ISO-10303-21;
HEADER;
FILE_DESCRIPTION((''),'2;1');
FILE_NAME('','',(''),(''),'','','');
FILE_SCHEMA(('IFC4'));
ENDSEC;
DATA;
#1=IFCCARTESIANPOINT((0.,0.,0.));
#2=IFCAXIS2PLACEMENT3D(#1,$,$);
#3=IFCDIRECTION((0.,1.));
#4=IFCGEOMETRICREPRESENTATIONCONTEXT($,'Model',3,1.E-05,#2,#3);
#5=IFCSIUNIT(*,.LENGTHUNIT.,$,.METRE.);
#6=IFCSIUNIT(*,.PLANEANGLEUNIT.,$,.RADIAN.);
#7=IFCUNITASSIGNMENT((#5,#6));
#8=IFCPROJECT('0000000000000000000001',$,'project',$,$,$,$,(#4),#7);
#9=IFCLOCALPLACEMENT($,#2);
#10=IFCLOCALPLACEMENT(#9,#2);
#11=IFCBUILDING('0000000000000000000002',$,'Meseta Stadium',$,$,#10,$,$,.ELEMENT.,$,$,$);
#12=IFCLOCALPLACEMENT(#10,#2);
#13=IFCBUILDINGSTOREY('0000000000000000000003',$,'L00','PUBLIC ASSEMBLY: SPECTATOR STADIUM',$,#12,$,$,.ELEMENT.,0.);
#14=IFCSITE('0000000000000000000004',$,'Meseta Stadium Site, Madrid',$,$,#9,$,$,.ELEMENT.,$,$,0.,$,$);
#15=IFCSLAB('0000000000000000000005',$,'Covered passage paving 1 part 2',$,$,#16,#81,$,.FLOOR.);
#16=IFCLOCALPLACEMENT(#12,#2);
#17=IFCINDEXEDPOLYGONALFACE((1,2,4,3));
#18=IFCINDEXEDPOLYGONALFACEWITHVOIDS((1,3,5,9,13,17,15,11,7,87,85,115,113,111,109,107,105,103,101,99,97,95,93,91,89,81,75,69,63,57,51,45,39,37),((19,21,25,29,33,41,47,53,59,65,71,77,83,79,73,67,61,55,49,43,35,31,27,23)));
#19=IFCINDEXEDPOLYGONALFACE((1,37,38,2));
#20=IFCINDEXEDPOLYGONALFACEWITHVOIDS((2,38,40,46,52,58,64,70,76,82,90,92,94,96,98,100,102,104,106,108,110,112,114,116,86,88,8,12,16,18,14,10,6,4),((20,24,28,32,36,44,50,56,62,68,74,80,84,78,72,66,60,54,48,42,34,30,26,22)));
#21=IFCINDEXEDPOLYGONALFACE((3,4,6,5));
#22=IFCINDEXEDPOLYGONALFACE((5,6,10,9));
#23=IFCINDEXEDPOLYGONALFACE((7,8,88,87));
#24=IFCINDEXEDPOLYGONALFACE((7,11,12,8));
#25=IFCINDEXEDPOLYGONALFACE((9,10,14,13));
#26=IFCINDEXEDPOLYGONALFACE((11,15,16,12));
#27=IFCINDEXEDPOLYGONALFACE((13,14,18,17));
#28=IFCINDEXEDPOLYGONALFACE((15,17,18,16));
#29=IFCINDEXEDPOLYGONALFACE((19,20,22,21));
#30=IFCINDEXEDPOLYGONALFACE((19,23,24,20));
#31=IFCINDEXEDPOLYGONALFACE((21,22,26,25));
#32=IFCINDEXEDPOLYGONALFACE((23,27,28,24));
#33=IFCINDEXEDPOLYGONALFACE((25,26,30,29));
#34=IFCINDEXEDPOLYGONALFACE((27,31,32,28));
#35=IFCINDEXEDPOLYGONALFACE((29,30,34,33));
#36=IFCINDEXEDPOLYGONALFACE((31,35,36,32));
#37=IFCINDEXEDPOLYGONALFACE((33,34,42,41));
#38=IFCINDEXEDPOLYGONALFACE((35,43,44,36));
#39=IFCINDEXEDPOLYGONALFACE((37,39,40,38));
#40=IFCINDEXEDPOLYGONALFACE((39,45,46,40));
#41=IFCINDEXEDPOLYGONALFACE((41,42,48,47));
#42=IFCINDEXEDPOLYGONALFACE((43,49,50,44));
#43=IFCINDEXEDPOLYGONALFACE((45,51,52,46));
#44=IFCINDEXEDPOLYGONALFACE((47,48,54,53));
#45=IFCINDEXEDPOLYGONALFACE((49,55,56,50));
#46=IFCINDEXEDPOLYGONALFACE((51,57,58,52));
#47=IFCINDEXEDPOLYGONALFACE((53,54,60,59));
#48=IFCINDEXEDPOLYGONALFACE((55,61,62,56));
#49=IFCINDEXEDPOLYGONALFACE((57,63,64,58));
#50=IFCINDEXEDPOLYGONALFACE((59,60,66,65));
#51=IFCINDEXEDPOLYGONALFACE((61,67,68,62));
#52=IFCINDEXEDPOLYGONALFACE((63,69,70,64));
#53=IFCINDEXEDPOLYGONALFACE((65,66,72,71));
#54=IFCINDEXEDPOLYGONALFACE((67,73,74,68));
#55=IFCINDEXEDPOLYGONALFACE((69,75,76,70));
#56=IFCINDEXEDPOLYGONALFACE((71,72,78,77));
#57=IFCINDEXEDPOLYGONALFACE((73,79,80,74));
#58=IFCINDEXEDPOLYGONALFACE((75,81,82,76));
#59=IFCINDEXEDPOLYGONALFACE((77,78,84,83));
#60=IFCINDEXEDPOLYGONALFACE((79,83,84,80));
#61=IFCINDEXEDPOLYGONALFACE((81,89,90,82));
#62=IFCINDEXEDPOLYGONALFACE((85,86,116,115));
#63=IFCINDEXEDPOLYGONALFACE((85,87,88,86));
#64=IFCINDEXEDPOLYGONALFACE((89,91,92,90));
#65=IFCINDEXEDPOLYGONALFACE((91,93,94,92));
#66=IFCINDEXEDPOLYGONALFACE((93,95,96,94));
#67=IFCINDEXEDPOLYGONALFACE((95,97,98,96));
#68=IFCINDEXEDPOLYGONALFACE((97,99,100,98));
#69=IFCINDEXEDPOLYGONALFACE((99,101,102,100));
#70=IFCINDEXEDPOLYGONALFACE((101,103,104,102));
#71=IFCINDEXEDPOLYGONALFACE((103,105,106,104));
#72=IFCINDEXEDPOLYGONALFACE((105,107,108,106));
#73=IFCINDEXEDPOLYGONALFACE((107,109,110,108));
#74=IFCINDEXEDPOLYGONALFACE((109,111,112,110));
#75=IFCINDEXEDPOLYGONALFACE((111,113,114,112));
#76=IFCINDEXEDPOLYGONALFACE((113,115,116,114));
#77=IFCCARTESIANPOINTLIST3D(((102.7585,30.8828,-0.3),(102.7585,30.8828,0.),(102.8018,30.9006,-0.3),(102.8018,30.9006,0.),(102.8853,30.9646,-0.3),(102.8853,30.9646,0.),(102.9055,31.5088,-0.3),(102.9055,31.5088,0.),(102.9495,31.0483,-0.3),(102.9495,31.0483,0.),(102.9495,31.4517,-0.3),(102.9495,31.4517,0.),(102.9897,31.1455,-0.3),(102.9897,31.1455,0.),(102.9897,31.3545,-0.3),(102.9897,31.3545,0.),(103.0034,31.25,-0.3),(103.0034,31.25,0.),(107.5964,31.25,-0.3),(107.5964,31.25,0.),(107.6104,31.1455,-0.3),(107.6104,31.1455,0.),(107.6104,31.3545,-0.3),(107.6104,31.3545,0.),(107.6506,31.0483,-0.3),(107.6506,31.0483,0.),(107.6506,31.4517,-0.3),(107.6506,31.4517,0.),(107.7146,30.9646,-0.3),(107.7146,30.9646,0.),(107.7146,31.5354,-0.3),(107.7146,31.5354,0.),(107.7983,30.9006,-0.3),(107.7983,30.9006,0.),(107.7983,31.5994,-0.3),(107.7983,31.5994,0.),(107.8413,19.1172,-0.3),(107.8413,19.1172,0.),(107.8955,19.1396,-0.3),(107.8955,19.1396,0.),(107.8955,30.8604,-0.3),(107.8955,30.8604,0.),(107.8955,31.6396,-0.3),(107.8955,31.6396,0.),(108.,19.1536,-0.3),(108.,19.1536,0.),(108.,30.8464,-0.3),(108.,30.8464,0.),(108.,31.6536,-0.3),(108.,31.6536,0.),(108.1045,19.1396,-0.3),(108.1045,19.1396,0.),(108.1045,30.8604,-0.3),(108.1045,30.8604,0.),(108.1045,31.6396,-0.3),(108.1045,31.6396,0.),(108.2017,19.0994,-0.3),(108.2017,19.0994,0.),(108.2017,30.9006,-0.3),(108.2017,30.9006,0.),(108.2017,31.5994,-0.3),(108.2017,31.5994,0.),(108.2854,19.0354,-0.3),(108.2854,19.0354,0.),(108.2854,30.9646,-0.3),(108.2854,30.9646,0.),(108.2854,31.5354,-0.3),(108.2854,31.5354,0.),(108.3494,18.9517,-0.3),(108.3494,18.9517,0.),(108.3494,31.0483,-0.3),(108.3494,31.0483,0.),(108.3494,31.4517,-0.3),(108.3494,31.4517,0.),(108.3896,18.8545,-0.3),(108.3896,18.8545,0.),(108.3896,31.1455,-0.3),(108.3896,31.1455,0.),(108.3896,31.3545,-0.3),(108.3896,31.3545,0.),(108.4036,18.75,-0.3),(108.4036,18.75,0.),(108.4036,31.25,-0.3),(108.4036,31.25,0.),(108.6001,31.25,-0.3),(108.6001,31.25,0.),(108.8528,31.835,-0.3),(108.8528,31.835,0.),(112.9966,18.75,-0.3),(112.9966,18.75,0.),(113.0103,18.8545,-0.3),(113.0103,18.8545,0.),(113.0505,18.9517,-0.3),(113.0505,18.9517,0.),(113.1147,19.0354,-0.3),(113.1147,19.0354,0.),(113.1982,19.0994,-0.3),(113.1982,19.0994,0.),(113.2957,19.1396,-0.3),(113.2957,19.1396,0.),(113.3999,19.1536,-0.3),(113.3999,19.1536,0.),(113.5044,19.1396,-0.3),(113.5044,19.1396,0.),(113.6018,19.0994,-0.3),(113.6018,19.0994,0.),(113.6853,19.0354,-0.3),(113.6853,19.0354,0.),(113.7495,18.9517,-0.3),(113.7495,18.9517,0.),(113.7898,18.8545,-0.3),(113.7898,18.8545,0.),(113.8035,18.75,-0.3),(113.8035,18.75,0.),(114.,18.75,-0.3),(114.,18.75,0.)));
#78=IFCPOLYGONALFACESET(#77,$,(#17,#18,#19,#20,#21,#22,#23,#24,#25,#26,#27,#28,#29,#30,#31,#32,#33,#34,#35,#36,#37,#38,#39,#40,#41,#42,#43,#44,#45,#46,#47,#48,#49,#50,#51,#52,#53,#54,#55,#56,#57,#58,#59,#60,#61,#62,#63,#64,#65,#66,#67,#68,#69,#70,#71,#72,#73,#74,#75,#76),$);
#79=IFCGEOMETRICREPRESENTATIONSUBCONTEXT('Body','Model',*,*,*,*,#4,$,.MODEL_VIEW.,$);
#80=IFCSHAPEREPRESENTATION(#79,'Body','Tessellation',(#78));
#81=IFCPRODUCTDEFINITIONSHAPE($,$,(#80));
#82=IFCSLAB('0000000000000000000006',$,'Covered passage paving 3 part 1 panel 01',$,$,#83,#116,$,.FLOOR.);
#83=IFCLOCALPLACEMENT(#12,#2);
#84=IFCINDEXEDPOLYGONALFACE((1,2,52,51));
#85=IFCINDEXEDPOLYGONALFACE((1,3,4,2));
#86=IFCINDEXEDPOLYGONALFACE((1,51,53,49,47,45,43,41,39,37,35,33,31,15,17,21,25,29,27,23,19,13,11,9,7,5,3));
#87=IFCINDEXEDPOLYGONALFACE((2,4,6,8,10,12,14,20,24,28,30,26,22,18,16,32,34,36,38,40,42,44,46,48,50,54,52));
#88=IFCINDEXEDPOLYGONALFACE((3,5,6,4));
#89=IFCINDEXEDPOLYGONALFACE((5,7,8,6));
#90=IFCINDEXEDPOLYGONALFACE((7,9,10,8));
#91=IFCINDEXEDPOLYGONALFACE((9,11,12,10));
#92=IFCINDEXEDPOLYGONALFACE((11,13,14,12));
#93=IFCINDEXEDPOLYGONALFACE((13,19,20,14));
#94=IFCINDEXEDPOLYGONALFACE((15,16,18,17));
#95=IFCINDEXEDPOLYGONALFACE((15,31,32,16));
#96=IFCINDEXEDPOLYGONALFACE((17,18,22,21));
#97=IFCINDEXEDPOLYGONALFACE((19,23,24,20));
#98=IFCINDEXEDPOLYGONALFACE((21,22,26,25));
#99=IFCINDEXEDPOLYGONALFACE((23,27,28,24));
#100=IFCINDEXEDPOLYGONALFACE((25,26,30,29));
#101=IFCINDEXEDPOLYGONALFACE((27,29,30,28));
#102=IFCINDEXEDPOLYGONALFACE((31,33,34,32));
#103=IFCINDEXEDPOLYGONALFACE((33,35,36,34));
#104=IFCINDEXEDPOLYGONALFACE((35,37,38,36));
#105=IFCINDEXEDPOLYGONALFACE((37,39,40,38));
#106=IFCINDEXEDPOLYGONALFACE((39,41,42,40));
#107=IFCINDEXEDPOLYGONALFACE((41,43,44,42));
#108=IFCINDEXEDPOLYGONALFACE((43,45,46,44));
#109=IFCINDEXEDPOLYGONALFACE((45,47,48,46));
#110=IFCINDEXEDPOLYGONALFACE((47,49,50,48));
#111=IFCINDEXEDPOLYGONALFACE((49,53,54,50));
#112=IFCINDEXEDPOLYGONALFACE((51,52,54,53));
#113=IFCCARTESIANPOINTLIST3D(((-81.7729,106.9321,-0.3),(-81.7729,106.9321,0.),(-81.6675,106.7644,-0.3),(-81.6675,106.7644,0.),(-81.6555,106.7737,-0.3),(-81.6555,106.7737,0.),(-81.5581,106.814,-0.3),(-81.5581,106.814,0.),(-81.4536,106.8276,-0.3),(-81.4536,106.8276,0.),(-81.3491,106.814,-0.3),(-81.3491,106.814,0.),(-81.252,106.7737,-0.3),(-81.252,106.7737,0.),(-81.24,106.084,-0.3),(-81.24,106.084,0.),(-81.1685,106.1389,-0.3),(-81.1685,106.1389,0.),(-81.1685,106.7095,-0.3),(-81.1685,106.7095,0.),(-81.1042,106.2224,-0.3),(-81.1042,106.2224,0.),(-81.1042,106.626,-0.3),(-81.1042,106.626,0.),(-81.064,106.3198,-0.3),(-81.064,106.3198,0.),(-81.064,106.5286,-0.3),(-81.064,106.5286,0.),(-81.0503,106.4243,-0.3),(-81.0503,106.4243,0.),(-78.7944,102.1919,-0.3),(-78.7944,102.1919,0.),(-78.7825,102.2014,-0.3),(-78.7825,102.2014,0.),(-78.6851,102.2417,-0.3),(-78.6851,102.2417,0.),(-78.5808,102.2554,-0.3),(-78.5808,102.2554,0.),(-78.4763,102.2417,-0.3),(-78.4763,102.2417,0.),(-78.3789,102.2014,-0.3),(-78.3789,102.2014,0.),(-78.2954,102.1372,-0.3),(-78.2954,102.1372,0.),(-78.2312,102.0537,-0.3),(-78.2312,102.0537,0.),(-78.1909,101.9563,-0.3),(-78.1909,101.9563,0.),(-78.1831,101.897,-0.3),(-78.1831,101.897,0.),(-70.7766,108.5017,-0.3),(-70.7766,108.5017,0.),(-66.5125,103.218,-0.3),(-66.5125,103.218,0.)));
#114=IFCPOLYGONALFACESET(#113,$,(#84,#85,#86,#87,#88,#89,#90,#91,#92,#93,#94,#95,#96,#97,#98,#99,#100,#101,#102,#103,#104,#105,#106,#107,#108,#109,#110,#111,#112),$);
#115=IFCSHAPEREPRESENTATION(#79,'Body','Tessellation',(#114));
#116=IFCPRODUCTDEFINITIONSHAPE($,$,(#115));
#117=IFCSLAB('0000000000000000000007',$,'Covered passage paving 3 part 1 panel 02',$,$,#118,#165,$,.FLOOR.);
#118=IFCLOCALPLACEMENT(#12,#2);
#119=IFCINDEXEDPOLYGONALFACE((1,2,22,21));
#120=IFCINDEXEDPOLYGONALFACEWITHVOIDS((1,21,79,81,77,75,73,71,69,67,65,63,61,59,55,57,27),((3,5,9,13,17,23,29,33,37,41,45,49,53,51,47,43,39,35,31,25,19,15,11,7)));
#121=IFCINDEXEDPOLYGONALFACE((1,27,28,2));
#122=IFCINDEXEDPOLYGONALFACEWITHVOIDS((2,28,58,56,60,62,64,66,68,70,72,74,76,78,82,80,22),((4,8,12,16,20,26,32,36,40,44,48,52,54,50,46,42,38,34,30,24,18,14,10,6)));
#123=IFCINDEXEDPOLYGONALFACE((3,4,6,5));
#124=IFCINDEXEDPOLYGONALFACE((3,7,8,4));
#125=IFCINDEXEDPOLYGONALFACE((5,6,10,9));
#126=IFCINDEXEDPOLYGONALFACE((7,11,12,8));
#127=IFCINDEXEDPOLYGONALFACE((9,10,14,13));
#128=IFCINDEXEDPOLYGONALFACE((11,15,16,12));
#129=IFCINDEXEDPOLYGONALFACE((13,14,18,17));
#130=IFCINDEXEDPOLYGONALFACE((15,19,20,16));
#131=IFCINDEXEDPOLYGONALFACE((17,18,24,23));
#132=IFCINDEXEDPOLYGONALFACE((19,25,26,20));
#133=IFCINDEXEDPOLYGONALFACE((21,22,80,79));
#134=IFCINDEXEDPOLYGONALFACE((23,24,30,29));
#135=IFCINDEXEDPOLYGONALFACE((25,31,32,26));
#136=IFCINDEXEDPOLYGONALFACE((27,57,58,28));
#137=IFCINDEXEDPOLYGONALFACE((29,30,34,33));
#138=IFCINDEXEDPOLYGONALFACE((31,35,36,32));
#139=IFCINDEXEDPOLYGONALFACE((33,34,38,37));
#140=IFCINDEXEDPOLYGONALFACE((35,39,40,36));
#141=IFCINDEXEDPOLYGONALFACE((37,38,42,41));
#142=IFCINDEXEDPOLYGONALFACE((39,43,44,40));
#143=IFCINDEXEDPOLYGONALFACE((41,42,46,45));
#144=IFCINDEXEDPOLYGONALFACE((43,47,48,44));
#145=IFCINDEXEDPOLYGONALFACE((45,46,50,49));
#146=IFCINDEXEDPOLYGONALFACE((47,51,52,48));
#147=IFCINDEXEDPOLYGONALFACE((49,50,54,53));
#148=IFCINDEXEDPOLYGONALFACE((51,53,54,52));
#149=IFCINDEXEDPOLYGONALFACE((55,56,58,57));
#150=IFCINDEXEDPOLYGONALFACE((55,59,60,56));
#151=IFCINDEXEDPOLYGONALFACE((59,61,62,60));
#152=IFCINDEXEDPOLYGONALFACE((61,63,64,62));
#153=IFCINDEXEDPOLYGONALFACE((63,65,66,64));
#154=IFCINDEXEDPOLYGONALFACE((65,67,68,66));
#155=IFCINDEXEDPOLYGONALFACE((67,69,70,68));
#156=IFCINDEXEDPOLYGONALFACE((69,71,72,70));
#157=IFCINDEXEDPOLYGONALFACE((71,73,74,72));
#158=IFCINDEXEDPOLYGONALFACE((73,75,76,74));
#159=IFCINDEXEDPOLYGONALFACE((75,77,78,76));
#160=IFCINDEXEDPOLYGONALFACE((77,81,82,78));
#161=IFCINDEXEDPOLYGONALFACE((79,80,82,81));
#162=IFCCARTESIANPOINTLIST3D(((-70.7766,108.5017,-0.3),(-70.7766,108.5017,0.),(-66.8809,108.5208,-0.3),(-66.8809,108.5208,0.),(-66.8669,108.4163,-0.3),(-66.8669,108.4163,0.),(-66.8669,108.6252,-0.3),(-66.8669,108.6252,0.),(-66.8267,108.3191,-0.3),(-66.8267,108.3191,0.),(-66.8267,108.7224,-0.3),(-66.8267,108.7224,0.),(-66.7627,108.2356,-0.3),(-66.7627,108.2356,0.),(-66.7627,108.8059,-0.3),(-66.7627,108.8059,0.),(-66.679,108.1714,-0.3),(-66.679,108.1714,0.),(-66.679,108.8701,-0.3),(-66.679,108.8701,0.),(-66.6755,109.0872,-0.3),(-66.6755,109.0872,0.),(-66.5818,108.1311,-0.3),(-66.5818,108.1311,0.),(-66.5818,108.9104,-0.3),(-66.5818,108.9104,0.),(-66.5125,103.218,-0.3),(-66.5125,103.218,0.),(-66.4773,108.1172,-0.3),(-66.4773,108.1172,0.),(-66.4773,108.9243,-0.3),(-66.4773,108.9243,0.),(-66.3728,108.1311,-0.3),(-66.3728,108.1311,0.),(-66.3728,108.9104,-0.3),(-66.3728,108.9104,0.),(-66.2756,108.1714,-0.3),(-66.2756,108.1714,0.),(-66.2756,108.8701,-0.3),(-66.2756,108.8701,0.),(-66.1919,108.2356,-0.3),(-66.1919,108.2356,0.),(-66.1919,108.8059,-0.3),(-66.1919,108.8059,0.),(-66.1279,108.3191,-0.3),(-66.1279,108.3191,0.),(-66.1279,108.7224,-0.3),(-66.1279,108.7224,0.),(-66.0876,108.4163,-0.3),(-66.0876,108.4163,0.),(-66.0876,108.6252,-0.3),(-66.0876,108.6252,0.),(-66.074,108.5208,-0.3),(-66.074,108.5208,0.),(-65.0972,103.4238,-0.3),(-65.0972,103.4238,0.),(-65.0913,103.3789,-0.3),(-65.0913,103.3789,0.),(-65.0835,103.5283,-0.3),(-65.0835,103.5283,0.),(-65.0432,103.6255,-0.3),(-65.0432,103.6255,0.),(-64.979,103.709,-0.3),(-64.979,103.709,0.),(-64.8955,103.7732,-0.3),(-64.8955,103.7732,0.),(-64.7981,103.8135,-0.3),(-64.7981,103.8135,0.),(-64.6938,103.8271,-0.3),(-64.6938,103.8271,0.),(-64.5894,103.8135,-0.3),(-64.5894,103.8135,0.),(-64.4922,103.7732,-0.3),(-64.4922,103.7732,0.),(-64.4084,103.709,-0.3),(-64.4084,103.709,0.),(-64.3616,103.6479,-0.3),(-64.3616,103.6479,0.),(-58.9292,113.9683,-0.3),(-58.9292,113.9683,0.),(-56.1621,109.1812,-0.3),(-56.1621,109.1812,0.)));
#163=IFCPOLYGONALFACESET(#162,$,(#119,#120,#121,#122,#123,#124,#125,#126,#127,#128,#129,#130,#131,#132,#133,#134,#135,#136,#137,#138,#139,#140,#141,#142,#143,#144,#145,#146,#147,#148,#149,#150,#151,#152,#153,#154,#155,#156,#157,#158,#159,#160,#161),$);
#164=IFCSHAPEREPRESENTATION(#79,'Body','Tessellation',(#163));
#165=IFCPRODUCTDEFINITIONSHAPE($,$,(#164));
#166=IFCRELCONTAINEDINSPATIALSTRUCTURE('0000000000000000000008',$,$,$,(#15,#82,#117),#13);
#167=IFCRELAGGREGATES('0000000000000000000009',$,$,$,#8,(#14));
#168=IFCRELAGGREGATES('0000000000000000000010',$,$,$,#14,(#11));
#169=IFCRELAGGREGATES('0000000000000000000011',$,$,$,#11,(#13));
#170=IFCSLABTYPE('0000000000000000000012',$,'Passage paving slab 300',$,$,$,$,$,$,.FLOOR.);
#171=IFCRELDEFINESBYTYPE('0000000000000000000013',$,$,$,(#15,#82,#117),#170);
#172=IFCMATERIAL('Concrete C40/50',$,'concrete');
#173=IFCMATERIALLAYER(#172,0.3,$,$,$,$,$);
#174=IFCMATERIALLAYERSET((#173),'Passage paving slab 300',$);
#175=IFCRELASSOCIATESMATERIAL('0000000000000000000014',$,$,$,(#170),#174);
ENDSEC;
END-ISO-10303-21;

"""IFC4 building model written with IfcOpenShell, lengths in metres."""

from ifc_helpers import new_model, si_unit, direction, frame, origin, place, context, subcontext, project, spatial, polyline, outline, extrude, material, layer, layer_set, type_object, element, save


model = new_model("IFC4")

# Units and contexts
model_context = context("Model", 3, precision=1e-05, world=origin(), true_north=direction((0.0, 1.0)))
body_context = subcontext(model_context, "Body", "Model", "MODEL_VIEW")
ifc_project = project(units=[si_unit("LENGTHUNIT", "METRE"), si_unit("PLANEANGLEUNIT", "RADIAN")], contexts=[model_context])

# Site, building, storey
site_placement = place(None, origin())
site = spatial("IfcSite", under=ifc_project, at=site_placement, Name="Meseta Stadium Site, Madrid", CompositionType="ELEMENT", RefElevation=0.0)
building_placement = place(site_placement, origin())
building = spatial("IfcBuilding", under=site, at=building_placement, Name="Meseta Stadium", CompositionType="ELEMENT")
storey_placement = place(building_placement, origin())
storey = spatial("IfcBuildingStorey", under=building, at=storey_placement, Name="L00", Description="PUBLIC ASSEMBLY: SPECTATOR STADIUM", CompositionType="ELEMENT", Elevation=0.0)

# Slabs
ifc_material_1 = material(Name="Concrete C40/50", Category="concrete")
ifc_layer_1 = layer(ifc_material_1, 0.3)
ifc_layer_set_1 = layer_set([ifc_layer_1], Name="Passage paving slab 300")
slab_type_1 = type_object("IfcSlabType", Name="Passage paving slab 300", PredefinedType="FLOOR", material=ifc_layer_set_1)
slab_1_placement = place(storey_placement, frame((0.0, 0.0, -0.3)))
element("IfcSlab", 1, at=slab_1_placement, inside=storey, type_object=slab_type_1, Name="Covered passage paving 1 part 2", PredefinedType="FLOOR", context=body_context, shape_type="SweptSolid", body=[
    extrude(outline(polyline([(108.6001, 31.25), (108.8528, 31.835), (102.9055, 31.5088), (102.9495, 31.4517), (102.9897, 31.3545), (103.0034, 31.25), (102.9897, 31.1455), (102.9495, 31.0483), (102.8853, 30.9646), (102.8018, 30.9006), (102.7585, 30.8828), (107.8413, 19.1172), (107.8955, 19.1396), (108.0, 19.1536), (108.1045, 19.1396), (108.2017, 19.0994), (108.2854, 19.0354), (108.3494, 18.9517), (108.3896, 18.8545), (108.4036, 18.75), (112.9966, 18.75), (113.0103, 18.8545), (113.0505, 18.9517), (113.1147, 19.0354), (113.1982, 19.0994), (113.2957, 19.1396), (113.3999, 19.1536), (113.5044, 19.1396), (113.6018, 19.0994), (113.6853, 19.0354), (113.7495, 18.9517), (113.7898, 18.8545), (113.8035, 18.75), (114.0, 18.75), (108.6001, 31.25)]), holes=[polyline([(107.8955, 30.8604), (107.7983, 30.9006), (107.7146, 30.9646), (107.6506, 31.0483), (107.6104, 31.1455), (107.5964, 31.25), (107.6104, 31.3545), (107.6506, 31.4517), (107.7146, 31.5354), (107.7983, 31.5994), (107.8955, 31.6396), (108.0, 31.6536), (108.1045, 31.6396), (108.2017, 31.5994), (108.2854, 31.5354), (108.3494, 31.4517), (108.3896, 31.3545), (108.4036, 31.25), (108.3896, 31.1455), (108.3494, 31.0483), (108.2854, 30.9646), (108.2017, 30.9006), (108.1045, 30.8604), (108.0, 30.8464), (107.8955, 30.8604)])]), origin(), (0.0, 0.0, 1.0), 0.3),
])
slab_2_placement = place(storey_placement, frame((0.0, 0.0, -0.3)))
element("IfcSlab", 2, at=slab_2_placement, inside=storey, type_object=slab_type_1, Name="Covered passage paving 3 part 1 panel 01", PredefinedType="FLOOR", context=body_context, shape_type="SweptSolid", body=[
    extrude(outline(polyline([(-78.1909, 101.9563), (-78.1831, 101.897), (-66.5125, 103.218), (-70.7766, 108.5017), (-81.7729, 106.9321), (-81.6675, 106.7644), (-81.6555, 106.7737), (-81.5581, 106.814), (-81.4536, 106.8276), (-81.3491, 106.814), (-81.252, 106.7737), (-81.1685, 106.7095), (-81.1042, 106.626), (-81.064, 106.5286), (-81.0503, 106.4243), (-81.064, 106.3198), (-81.1042, 106.2224), (-81.1685, 106.1389), (-81.24, 106.084), (-78.7944, 102.1919), (-78.7825, 102.2014), (-78.6851, 102.2417), (-78.5808, 102.2554), (-78.4763, 102.2417), (-78.3789, 102.2014), (-78.2954, 102.1372), (-78.2312, 102.0537), (-78.1909, 101.9563)])), origin(), (0.0, 0.0, 1.0), 0.3),
])
slab_3_placement = place(storey_placement, frame((0.0, 0.0, -0.3)))
element("IfcSlab", 3, at=slab_3_placement, inside=storey, type_object=slab_type_1, Name="Covered passage paving 3 part 1 panel 02", PredefinedType="FLOOR", context=body_context, shape_type="SweptSolid", body=[
    extrude(outline(polyline([(-58.9292, 113.9683), (-66.6755, 109.0872), (-70.7766, 108.5017), (-66.5125, 103.218), (-65.0913, 103.3789), (-65.0972, 103.4238), (-65.0835, 103.5283), (-65.0432, 103.6255), (-64.979, 103.709), (-64.8955, 103.7732), (-64.7981, 103.8135), (-64.6938, 103.8271), (-64.5894, 103.8135), (-64.4922, 103.7732), (-64.4084, 103.709), (-64.3616, 103.6479), (-56.1621, 109.1812), (-58.9292, 113.9683)]), holes=[polyline([(-66.4773, 108.1172), (-66.5818, 108.1311), (-66.679, 108.1714), (-66.7627, 108.2356), (-66.8267, 108.3191), (-66.8669, 108.4163), (-66.8809, 108.5208), (-66.8669, 108.6252), (-66.8267, 108.7224), (-66.7627, 108.8059), (-66.679, 108.8701), (-66.5818, 108.9104), (-66.4773, 108.9243), (-66.3728, 108.9104), (-66.2756, 108.8701), (-66.1919, 108.8059), (-66.1279, 108.7224), (-66.0876, 108.6252), (-66.074, 108.5208), (-66.0876, 108.4163), (-66.1279, 108.3191), (-66.1919, 108.2356), (-66.2756, 108.1714), (-66.3728, 108.1311), (-66.4773, 108.1172)])]), origin(), (0.0, 0.0, 1.0), 0.3),
])

save(model, "model.ifc")
